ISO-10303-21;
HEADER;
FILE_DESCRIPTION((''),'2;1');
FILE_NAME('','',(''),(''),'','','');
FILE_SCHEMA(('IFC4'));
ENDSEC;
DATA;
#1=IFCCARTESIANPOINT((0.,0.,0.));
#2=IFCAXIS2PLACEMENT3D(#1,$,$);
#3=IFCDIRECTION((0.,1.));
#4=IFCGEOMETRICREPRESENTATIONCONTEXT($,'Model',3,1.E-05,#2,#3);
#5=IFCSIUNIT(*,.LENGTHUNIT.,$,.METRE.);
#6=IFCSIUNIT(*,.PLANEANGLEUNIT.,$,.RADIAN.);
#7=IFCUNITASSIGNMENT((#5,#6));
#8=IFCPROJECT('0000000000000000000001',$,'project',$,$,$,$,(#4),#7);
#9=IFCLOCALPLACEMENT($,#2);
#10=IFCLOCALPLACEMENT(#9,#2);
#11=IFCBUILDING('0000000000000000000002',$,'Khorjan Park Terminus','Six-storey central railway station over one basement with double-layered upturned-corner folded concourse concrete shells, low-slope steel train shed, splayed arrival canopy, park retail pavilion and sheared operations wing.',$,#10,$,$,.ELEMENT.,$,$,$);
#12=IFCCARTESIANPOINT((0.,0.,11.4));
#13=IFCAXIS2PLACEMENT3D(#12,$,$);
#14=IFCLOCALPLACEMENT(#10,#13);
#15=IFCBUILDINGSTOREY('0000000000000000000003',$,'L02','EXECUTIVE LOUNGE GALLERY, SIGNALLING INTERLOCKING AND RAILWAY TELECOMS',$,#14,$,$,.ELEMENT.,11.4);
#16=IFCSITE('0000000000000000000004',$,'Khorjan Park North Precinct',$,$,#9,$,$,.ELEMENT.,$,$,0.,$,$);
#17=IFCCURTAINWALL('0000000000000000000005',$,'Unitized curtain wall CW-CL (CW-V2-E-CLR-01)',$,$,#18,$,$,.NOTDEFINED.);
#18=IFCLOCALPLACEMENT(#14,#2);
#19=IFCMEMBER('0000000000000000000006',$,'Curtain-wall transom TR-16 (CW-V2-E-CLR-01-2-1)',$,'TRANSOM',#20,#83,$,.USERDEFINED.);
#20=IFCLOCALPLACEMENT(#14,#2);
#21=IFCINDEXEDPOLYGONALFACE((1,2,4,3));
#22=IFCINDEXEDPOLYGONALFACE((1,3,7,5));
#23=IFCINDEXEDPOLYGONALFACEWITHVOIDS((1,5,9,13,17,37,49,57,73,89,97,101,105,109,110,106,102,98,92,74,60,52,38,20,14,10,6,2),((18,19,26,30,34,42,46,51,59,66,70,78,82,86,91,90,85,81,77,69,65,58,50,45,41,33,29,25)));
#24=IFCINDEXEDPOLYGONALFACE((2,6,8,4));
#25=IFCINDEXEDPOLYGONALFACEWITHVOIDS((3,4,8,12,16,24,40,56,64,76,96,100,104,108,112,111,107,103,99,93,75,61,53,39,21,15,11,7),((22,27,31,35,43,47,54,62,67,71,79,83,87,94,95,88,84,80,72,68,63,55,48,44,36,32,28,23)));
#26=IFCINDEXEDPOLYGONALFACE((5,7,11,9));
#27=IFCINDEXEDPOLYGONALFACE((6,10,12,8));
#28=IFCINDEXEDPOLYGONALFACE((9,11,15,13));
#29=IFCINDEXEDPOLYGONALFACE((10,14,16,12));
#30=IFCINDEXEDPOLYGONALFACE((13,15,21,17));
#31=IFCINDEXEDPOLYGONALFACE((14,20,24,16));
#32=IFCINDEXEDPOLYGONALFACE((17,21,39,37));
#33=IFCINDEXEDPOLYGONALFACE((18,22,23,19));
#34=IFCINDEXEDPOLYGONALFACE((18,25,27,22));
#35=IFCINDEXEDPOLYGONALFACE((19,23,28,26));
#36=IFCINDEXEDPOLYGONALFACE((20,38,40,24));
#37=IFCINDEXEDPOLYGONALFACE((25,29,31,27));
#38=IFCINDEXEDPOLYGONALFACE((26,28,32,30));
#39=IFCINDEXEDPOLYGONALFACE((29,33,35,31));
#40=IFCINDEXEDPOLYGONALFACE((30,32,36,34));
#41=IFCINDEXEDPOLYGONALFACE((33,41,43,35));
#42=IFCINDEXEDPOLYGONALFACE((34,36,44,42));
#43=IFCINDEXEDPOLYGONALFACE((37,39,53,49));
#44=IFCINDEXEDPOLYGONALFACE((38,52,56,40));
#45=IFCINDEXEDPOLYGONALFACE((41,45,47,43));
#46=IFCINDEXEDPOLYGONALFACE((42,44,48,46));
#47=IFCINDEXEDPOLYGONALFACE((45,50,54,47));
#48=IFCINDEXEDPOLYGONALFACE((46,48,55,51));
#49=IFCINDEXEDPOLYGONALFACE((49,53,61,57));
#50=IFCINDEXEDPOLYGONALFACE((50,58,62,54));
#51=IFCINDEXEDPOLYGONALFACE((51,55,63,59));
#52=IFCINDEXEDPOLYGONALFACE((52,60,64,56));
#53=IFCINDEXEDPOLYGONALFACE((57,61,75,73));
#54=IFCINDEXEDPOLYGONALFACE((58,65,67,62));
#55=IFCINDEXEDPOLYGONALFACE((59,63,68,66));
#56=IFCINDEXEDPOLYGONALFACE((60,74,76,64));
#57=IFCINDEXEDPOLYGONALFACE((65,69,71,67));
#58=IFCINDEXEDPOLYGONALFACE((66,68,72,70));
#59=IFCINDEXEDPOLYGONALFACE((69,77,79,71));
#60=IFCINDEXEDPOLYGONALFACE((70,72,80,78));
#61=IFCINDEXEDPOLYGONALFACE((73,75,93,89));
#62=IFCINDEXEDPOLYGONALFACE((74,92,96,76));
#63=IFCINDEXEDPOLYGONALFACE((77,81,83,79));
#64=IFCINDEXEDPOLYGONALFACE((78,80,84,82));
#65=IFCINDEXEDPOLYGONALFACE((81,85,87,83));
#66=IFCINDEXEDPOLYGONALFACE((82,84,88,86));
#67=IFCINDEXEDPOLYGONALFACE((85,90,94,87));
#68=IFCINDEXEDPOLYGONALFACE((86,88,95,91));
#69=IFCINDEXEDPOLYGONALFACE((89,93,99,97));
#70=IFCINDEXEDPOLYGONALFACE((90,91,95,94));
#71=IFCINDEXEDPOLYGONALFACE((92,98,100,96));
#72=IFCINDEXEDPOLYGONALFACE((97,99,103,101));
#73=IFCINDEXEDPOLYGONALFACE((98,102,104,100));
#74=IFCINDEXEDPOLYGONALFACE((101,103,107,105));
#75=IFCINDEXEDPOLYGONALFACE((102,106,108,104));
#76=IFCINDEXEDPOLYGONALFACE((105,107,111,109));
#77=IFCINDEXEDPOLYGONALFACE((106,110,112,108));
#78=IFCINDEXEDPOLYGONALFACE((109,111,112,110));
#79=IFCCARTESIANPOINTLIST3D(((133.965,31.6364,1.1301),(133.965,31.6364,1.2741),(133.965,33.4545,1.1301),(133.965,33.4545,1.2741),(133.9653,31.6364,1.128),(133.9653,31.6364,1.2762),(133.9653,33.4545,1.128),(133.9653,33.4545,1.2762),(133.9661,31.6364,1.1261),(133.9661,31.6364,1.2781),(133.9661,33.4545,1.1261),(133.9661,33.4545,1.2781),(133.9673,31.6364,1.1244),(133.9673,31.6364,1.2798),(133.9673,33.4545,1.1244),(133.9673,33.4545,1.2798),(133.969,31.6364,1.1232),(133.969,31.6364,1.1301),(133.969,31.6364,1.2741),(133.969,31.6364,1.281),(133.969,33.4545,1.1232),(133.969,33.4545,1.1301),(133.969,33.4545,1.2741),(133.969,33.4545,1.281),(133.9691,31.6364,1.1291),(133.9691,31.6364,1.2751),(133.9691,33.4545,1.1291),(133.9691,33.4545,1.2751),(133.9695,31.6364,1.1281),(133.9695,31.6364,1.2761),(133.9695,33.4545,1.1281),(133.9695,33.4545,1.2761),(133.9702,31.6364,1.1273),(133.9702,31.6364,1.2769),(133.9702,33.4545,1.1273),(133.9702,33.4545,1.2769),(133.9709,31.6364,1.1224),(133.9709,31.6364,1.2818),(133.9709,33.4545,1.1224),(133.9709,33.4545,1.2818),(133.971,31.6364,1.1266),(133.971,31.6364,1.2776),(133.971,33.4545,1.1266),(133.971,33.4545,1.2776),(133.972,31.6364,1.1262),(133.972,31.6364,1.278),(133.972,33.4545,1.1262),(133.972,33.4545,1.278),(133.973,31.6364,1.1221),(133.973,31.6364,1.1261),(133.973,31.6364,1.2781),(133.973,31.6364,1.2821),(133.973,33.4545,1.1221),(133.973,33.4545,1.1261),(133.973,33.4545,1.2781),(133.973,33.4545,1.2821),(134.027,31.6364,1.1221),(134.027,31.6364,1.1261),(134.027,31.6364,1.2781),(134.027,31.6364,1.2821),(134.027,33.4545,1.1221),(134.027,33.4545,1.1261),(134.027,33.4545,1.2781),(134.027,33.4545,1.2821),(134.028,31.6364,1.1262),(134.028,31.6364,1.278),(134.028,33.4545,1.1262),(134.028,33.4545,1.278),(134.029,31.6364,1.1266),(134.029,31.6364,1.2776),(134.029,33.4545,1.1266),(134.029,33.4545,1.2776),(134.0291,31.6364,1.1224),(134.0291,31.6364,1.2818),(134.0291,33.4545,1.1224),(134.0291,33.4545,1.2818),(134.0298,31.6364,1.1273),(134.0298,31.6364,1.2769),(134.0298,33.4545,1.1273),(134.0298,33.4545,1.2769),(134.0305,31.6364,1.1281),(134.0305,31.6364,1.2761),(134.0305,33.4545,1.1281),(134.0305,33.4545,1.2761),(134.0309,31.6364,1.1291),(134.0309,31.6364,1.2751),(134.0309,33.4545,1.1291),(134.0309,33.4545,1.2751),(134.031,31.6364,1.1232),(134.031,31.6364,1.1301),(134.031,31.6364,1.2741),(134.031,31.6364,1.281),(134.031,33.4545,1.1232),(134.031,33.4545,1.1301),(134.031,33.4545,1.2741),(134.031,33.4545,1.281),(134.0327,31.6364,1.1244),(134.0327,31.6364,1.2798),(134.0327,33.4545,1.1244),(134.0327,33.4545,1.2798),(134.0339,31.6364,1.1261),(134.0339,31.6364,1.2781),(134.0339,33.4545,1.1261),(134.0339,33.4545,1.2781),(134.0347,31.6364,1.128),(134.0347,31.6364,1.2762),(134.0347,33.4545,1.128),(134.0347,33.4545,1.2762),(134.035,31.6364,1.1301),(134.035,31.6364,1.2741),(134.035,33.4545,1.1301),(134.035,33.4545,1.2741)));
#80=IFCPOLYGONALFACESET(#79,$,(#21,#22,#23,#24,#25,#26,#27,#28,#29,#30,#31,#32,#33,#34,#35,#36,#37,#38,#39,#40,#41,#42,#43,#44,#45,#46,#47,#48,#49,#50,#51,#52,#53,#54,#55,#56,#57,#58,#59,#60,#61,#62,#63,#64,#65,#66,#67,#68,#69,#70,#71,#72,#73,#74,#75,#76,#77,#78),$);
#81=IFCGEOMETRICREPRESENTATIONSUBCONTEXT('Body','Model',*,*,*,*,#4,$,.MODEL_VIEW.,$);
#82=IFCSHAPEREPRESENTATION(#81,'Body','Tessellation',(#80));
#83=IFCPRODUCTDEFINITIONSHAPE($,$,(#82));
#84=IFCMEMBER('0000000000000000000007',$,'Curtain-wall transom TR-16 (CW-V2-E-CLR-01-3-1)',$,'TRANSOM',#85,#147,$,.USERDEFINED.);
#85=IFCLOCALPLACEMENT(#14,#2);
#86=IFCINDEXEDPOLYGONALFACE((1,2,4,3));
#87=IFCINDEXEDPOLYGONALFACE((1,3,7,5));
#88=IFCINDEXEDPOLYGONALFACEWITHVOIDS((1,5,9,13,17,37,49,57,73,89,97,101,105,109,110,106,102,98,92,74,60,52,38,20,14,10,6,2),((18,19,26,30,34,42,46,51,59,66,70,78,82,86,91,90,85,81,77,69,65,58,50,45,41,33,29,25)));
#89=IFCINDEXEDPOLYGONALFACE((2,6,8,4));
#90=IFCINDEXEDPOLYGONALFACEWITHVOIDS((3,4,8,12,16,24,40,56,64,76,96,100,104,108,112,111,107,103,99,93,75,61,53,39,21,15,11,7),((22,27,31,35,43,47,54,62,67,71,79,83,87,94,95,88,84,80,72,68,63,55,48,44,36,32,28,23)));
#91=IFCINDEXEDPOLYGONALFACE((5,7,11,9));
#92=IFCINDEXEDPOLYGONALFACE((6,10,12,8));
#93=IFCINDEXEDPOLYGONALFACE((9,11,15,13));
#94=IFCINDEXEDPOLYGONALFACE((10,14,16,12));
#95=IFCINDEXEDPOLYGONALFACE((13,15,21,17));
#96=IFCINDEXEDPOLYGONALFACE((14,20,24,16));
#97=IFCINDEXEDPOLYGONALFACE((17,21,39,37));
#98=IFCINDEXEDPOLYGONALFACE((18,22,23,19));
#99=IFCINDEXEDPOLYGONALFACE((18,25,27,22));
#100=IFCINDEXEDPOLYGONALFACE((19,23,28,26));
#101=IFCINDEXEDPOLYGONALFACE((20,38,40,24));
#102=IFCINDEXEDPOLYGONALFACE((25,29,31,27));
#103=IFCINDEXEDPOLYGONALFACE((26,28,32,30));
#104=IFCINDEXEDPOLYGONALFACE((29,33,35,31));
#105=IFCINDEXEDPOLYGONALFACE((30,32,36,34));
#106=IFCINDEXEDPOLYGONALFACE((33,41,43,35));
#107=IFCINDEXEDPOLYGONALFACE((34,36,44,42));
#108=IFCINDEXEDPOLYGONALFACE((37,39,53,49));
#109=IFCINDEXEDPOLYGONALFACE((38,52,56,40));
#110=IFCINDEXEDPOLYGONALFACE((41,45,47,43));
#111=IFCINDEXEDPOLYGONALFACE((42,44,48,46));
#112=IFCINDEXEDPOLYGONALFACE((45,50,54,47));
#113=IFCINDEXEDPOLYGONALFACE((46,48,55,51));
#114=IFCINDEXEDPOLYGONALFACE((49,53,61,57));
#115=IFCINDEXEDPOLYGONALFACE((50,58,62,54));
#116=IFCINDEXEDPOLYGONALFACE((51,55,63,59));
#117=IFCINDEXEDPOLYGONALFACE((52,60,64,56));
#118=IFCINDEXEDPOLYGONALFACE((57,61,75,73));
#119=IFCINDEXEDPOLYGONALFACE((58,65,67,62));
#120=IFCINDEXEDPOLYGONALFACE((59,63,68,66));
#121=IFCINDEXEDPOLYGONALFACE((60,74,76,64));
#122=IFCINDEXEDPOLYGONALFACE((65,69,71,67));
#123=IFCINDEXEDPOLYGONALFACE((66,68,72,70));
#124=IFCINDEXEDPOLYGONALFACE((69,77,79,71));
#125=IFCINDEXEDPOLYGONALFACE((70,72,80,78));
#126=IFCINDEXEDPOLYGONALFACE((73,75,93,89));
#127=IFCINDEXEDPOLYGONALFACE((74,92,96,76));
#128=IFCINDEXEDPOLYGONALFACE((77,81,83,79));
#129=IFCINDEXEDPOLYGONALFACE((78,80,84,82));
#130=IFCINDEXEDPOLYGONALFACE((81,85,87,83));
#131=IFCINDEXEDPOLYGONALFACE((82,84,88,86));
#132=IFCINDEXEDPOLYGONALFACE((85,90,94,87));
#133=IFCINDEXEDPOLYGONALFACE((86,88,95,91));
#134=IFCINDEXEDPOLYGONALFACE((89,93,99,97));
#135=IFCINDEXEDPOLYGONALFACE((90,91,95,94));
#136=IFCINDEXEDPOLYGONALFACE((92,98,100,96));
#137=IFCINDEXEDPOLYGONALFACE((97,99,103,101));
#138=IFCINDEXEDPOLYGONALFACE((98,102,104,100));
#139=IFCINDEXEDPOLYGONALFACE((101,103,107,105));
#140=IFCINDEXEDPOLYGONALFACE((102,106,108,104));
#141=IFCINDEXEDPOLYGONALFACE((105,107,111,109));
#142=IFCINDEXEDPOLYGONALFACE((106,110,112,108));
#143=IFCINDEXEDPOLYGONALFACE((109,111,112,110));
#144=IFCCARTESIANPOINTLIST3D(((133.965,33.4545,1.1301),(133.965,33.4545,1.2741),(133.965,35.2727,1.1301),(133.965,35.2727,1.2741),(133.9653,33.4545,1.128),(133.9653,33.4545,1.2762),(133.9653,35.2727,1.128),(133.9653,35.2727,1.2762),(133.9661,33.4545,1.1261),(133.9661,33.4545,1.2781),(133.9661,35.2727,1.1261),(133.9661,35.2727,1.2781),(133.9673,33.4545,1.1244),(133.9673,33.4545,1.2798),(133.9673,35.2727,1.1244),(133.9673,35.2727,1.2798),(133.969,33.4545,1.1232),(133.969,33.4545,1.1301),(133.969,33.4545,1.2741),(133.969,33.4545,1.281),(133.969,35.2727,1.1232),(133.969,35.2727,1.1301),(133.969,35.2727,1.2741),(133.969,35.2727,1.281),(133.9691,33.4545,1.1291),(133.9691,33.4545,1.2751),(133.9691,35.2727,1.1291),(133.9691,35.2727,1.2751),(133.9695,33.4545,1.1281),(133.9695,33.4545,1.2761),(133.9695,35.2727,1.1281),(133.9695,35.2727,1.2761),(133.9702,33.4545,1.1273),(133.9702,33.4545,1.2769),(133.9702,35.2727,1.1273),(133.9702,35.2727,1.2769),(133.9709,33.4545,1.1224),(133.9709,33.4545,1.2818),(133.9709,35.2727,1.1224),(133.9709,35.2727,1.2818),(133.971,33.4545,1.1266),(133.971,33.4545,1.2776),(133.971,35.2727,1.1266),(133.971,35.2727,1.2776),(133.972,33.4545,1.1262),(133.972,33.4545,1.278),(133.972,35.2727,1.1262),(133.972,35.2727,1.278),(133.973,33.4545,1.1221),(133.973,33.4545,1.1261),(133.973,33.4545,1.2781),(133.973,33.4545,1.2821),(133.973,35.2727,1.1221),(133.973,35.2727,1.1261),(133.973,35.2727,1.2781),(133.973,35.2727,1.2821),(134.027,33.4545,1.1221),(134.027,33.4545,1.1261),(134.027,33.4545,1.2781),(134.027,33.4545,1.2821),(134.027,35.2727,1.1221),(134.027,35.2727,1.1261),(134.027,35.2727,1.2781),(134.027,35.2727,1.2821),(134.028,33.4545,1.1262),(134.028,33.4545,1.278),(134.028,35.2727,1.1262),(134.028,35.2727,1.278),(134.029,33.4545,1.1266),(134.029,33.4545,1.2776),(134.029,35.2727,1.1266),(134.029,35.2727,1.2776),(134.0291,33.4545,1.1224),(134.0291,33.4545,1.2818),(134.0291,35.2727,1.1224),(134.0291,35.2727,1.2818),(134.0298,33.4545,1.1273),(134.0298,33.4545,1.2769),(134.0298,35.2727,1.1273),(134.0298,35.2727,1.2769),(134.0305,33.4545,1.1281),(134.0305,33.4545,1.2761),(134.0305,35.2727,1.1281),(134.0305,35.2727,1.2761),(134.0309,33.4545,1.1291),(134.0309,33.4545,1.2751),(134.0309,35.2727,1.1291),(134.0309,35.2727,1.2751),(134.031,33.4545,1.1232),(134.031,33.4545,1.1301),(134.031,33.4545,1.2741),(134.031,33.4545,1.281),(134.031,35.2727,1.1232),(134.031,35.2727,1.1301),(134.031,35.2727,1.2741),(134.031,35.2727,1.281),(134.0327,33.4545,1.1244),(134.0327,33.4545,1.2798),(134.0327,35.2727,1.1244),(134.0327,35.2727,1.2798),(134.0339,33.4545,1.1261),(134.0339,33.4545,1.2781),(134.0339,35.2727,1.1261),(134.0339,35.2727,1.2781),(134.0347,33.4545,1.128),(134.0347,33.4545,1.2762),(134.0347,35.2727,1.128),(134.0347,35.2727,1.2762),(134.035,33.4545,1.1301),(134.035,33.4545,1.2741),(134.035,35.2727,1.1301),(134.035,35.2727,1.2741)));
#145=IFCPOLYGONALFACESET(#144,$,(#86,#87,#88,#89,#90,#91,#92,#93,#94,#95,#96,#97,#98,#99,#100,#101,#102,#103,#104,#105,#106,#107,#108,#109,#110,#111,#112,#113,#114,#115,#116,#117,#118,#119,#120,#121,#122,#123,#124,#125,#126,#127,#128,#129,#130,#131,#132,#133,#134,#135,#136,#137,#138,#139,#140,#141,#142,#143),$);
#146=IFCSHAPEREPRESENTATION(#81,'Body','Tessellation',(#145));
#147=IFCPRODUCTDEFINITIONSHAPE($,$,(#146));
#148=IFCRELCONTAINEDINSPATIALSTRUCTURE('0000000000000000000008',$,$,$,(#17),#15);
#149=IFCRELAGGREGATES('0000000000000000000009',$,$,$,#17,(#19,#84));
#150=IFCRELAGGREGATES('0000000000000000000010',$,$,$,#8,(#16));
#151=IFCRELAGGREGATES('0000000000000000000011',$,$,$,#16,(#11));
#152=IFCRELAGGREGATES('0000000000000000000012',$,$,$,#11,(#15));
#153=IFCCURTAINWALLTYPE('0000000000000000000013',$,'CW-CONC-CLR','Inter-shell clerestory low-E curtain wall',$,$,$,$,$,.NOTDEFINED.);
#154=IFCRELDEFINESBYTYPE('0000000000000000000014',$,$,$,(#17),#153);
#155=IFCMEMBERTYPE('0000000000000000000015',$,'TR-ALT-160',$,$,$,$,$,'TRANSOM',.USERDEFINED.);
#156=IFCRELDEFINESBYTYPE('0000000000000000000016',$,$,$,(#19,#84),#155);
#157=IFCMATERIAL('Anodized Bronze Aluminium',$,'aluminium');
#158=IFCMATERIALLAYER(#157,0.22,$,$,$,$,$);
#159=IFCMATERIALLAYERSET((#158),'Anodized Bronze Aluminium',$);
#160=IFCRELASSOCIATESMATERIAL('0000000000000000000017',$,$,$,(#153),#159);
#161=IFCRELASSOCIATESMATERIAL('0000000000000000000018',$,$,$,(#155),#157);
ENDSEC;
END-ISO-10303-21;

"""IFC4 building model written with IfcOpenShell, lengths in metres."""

from ifc_helpers import new_model, si_unit, direction, frame, origin, origin_2d, place, context, subcontext, project, spatial, hollow_rectangle, extrude, material, layer, layer_set, material_profile, profile_set, type_object, element, aggregate, save


model = new_model("IFC4")

# Units and contexts
model_context = context("Model", 3, precision=1e-05, world=origin(), true_north=direction((0.0, 1.0)))
body_context = subcontext(model_context, "Body", "Model", "MODEL_VIEW")
ifc_project = project(units=[si_unit("LENGTHUNIT", "METRE"), si_unit("PLANEANGLEUNIT", "RADIAN")], contexts=[model_context])

# Site, building, storey
site_placement = place(None, origin())
site = spatial("IfcSite", under=ifc_project, at=site_placement, Name="Khorjan Park North Precinct", CompositionType="ELEMENT", RefElevation=0.0)
building_placement = place(site_placement, origin())
building = spatial("IfcBuilding", under=site, at=building_placement, Name="Khorjan Park Terminus", Description="Six-storey central railway station over one basement with double-layered upturned-corner folded concourse concrete shells, low-slope steel train shed, splayed arrival canopy, park retail pavilion and sheared operations wing.", CompositionType="ELEMENT")
storey_placement = place(building_placement, frame((0.0, 0.0, 11.4)))
storey = spatial("IfcBuildingStorey", under=building, at=storey_placement, Name="L02", Description="EXECUTIVE LOUNGE GALLERY, SIGNALLING INTERLOCKING AND RAILWAY TELECOMS", CompositionType="ELEMENT", Elevation=11.4)

# Curtain wall
ifc_material_1 = material(Name="Anodized Bronze Aluminium", Category="aluminium")
ifc_layer_1 = layer(ifc_material_1, 0.22)
ifc_layer_set_1 = layer_set([ifc_layer_1], Name="Anodized Bronze Aluminium")
curtain_wall_type = type_object("IfcCurtainWallType", Name="CW-CONC-CLR", Description="Inter-shell clerestory low-E curtain wall", PredefinedType="NOTDEFINED", material=ifc_layer_set_1)
curtain_wall_placement = place(storey_placement, origin())
curtain_wall = element("IfcCurtainWall", 1, at=curtain_wall_placement, inside=storey, type_object=curtain_wall_type, Name="Unitized curtain wall CW-CL (CW-V2-E-CLR-01)", PredefinedType="NOTDEFINED")

# Members
ifc_material_profile_1 = material_profile(ifc_material_1, hollow_rectangle(XDim=0.07, YDim=0.16, WallThickness=0.004, InnerFilletRadius=0.004, OuterFilletRadius=0.008, at=origin_2d()), Name="ALT 70x160x4")
ifc_profile_set_1 = profile_set([ifc_material_profile_1], Name="Anodized Bronze Aluminium")
member_type_1 = type_object("IfcMemberType", Name="TR-ALT-160", ElementType="TRANSOM", PredefinedType="USERDEFINED", material=ifc_profile_set_1)
member_1_placement = place(storey_placement, frame((134.0, 31.6364, 1.2021), z_axis=(0.0, 1.0, 0.0), x_axis=(-1.0, 0.0, 0.0)))
member_1 = element("IfcMember", 2, at=member_1_placement, type_object=member_type_1, Name="Curtain-wall transom TR-16 (CW-V2-E-CLR-01-2-1)", ObjectType="TRANSOM", PredefinedType="USERDEFINED", context=body_context, shape_type="SweptSolid", body=[
    extrude(hollow_rectangle(XDim=0.07, YDim=0.16, WallThickness=0.004, InnerFilletRadius=0.004, OuterFilletRadius=0.008, at=origin_2d()), origin(), (0.0, 0.0, 1.0), 1.8181),
])
member_2_placement = place(storey_placement, frame((134.0, 33.4545, 1.2021), z_axis=(0.0, 1.0, 0.0), x_axis=(-1.0, 0.0, 0.0)))
member_2 = element("IfcMember", 3, at=member_2_placement, type_object=member_type_1, Name="Curtain-wall transom TR-16 (CW-V2-E-CLR-01-3-1)", ObjectType="TRANSOM", PredefinedType="USERDEFINED", context=body_context, shape_type="SweptSolid", body=[
    extrude(hollow_rectangle(XDim=0.07, YDim=0.16, WallThickness=0.004, InnerFilletRadius=0.004, OuterFilletRadius=0.008, at=origin_2d()), origin(), (0.0, 0.0, 1.0), 1.8182),
])

aggregate(curtain_wall, [member_1, member_2])

save(model, "model.ifc")
